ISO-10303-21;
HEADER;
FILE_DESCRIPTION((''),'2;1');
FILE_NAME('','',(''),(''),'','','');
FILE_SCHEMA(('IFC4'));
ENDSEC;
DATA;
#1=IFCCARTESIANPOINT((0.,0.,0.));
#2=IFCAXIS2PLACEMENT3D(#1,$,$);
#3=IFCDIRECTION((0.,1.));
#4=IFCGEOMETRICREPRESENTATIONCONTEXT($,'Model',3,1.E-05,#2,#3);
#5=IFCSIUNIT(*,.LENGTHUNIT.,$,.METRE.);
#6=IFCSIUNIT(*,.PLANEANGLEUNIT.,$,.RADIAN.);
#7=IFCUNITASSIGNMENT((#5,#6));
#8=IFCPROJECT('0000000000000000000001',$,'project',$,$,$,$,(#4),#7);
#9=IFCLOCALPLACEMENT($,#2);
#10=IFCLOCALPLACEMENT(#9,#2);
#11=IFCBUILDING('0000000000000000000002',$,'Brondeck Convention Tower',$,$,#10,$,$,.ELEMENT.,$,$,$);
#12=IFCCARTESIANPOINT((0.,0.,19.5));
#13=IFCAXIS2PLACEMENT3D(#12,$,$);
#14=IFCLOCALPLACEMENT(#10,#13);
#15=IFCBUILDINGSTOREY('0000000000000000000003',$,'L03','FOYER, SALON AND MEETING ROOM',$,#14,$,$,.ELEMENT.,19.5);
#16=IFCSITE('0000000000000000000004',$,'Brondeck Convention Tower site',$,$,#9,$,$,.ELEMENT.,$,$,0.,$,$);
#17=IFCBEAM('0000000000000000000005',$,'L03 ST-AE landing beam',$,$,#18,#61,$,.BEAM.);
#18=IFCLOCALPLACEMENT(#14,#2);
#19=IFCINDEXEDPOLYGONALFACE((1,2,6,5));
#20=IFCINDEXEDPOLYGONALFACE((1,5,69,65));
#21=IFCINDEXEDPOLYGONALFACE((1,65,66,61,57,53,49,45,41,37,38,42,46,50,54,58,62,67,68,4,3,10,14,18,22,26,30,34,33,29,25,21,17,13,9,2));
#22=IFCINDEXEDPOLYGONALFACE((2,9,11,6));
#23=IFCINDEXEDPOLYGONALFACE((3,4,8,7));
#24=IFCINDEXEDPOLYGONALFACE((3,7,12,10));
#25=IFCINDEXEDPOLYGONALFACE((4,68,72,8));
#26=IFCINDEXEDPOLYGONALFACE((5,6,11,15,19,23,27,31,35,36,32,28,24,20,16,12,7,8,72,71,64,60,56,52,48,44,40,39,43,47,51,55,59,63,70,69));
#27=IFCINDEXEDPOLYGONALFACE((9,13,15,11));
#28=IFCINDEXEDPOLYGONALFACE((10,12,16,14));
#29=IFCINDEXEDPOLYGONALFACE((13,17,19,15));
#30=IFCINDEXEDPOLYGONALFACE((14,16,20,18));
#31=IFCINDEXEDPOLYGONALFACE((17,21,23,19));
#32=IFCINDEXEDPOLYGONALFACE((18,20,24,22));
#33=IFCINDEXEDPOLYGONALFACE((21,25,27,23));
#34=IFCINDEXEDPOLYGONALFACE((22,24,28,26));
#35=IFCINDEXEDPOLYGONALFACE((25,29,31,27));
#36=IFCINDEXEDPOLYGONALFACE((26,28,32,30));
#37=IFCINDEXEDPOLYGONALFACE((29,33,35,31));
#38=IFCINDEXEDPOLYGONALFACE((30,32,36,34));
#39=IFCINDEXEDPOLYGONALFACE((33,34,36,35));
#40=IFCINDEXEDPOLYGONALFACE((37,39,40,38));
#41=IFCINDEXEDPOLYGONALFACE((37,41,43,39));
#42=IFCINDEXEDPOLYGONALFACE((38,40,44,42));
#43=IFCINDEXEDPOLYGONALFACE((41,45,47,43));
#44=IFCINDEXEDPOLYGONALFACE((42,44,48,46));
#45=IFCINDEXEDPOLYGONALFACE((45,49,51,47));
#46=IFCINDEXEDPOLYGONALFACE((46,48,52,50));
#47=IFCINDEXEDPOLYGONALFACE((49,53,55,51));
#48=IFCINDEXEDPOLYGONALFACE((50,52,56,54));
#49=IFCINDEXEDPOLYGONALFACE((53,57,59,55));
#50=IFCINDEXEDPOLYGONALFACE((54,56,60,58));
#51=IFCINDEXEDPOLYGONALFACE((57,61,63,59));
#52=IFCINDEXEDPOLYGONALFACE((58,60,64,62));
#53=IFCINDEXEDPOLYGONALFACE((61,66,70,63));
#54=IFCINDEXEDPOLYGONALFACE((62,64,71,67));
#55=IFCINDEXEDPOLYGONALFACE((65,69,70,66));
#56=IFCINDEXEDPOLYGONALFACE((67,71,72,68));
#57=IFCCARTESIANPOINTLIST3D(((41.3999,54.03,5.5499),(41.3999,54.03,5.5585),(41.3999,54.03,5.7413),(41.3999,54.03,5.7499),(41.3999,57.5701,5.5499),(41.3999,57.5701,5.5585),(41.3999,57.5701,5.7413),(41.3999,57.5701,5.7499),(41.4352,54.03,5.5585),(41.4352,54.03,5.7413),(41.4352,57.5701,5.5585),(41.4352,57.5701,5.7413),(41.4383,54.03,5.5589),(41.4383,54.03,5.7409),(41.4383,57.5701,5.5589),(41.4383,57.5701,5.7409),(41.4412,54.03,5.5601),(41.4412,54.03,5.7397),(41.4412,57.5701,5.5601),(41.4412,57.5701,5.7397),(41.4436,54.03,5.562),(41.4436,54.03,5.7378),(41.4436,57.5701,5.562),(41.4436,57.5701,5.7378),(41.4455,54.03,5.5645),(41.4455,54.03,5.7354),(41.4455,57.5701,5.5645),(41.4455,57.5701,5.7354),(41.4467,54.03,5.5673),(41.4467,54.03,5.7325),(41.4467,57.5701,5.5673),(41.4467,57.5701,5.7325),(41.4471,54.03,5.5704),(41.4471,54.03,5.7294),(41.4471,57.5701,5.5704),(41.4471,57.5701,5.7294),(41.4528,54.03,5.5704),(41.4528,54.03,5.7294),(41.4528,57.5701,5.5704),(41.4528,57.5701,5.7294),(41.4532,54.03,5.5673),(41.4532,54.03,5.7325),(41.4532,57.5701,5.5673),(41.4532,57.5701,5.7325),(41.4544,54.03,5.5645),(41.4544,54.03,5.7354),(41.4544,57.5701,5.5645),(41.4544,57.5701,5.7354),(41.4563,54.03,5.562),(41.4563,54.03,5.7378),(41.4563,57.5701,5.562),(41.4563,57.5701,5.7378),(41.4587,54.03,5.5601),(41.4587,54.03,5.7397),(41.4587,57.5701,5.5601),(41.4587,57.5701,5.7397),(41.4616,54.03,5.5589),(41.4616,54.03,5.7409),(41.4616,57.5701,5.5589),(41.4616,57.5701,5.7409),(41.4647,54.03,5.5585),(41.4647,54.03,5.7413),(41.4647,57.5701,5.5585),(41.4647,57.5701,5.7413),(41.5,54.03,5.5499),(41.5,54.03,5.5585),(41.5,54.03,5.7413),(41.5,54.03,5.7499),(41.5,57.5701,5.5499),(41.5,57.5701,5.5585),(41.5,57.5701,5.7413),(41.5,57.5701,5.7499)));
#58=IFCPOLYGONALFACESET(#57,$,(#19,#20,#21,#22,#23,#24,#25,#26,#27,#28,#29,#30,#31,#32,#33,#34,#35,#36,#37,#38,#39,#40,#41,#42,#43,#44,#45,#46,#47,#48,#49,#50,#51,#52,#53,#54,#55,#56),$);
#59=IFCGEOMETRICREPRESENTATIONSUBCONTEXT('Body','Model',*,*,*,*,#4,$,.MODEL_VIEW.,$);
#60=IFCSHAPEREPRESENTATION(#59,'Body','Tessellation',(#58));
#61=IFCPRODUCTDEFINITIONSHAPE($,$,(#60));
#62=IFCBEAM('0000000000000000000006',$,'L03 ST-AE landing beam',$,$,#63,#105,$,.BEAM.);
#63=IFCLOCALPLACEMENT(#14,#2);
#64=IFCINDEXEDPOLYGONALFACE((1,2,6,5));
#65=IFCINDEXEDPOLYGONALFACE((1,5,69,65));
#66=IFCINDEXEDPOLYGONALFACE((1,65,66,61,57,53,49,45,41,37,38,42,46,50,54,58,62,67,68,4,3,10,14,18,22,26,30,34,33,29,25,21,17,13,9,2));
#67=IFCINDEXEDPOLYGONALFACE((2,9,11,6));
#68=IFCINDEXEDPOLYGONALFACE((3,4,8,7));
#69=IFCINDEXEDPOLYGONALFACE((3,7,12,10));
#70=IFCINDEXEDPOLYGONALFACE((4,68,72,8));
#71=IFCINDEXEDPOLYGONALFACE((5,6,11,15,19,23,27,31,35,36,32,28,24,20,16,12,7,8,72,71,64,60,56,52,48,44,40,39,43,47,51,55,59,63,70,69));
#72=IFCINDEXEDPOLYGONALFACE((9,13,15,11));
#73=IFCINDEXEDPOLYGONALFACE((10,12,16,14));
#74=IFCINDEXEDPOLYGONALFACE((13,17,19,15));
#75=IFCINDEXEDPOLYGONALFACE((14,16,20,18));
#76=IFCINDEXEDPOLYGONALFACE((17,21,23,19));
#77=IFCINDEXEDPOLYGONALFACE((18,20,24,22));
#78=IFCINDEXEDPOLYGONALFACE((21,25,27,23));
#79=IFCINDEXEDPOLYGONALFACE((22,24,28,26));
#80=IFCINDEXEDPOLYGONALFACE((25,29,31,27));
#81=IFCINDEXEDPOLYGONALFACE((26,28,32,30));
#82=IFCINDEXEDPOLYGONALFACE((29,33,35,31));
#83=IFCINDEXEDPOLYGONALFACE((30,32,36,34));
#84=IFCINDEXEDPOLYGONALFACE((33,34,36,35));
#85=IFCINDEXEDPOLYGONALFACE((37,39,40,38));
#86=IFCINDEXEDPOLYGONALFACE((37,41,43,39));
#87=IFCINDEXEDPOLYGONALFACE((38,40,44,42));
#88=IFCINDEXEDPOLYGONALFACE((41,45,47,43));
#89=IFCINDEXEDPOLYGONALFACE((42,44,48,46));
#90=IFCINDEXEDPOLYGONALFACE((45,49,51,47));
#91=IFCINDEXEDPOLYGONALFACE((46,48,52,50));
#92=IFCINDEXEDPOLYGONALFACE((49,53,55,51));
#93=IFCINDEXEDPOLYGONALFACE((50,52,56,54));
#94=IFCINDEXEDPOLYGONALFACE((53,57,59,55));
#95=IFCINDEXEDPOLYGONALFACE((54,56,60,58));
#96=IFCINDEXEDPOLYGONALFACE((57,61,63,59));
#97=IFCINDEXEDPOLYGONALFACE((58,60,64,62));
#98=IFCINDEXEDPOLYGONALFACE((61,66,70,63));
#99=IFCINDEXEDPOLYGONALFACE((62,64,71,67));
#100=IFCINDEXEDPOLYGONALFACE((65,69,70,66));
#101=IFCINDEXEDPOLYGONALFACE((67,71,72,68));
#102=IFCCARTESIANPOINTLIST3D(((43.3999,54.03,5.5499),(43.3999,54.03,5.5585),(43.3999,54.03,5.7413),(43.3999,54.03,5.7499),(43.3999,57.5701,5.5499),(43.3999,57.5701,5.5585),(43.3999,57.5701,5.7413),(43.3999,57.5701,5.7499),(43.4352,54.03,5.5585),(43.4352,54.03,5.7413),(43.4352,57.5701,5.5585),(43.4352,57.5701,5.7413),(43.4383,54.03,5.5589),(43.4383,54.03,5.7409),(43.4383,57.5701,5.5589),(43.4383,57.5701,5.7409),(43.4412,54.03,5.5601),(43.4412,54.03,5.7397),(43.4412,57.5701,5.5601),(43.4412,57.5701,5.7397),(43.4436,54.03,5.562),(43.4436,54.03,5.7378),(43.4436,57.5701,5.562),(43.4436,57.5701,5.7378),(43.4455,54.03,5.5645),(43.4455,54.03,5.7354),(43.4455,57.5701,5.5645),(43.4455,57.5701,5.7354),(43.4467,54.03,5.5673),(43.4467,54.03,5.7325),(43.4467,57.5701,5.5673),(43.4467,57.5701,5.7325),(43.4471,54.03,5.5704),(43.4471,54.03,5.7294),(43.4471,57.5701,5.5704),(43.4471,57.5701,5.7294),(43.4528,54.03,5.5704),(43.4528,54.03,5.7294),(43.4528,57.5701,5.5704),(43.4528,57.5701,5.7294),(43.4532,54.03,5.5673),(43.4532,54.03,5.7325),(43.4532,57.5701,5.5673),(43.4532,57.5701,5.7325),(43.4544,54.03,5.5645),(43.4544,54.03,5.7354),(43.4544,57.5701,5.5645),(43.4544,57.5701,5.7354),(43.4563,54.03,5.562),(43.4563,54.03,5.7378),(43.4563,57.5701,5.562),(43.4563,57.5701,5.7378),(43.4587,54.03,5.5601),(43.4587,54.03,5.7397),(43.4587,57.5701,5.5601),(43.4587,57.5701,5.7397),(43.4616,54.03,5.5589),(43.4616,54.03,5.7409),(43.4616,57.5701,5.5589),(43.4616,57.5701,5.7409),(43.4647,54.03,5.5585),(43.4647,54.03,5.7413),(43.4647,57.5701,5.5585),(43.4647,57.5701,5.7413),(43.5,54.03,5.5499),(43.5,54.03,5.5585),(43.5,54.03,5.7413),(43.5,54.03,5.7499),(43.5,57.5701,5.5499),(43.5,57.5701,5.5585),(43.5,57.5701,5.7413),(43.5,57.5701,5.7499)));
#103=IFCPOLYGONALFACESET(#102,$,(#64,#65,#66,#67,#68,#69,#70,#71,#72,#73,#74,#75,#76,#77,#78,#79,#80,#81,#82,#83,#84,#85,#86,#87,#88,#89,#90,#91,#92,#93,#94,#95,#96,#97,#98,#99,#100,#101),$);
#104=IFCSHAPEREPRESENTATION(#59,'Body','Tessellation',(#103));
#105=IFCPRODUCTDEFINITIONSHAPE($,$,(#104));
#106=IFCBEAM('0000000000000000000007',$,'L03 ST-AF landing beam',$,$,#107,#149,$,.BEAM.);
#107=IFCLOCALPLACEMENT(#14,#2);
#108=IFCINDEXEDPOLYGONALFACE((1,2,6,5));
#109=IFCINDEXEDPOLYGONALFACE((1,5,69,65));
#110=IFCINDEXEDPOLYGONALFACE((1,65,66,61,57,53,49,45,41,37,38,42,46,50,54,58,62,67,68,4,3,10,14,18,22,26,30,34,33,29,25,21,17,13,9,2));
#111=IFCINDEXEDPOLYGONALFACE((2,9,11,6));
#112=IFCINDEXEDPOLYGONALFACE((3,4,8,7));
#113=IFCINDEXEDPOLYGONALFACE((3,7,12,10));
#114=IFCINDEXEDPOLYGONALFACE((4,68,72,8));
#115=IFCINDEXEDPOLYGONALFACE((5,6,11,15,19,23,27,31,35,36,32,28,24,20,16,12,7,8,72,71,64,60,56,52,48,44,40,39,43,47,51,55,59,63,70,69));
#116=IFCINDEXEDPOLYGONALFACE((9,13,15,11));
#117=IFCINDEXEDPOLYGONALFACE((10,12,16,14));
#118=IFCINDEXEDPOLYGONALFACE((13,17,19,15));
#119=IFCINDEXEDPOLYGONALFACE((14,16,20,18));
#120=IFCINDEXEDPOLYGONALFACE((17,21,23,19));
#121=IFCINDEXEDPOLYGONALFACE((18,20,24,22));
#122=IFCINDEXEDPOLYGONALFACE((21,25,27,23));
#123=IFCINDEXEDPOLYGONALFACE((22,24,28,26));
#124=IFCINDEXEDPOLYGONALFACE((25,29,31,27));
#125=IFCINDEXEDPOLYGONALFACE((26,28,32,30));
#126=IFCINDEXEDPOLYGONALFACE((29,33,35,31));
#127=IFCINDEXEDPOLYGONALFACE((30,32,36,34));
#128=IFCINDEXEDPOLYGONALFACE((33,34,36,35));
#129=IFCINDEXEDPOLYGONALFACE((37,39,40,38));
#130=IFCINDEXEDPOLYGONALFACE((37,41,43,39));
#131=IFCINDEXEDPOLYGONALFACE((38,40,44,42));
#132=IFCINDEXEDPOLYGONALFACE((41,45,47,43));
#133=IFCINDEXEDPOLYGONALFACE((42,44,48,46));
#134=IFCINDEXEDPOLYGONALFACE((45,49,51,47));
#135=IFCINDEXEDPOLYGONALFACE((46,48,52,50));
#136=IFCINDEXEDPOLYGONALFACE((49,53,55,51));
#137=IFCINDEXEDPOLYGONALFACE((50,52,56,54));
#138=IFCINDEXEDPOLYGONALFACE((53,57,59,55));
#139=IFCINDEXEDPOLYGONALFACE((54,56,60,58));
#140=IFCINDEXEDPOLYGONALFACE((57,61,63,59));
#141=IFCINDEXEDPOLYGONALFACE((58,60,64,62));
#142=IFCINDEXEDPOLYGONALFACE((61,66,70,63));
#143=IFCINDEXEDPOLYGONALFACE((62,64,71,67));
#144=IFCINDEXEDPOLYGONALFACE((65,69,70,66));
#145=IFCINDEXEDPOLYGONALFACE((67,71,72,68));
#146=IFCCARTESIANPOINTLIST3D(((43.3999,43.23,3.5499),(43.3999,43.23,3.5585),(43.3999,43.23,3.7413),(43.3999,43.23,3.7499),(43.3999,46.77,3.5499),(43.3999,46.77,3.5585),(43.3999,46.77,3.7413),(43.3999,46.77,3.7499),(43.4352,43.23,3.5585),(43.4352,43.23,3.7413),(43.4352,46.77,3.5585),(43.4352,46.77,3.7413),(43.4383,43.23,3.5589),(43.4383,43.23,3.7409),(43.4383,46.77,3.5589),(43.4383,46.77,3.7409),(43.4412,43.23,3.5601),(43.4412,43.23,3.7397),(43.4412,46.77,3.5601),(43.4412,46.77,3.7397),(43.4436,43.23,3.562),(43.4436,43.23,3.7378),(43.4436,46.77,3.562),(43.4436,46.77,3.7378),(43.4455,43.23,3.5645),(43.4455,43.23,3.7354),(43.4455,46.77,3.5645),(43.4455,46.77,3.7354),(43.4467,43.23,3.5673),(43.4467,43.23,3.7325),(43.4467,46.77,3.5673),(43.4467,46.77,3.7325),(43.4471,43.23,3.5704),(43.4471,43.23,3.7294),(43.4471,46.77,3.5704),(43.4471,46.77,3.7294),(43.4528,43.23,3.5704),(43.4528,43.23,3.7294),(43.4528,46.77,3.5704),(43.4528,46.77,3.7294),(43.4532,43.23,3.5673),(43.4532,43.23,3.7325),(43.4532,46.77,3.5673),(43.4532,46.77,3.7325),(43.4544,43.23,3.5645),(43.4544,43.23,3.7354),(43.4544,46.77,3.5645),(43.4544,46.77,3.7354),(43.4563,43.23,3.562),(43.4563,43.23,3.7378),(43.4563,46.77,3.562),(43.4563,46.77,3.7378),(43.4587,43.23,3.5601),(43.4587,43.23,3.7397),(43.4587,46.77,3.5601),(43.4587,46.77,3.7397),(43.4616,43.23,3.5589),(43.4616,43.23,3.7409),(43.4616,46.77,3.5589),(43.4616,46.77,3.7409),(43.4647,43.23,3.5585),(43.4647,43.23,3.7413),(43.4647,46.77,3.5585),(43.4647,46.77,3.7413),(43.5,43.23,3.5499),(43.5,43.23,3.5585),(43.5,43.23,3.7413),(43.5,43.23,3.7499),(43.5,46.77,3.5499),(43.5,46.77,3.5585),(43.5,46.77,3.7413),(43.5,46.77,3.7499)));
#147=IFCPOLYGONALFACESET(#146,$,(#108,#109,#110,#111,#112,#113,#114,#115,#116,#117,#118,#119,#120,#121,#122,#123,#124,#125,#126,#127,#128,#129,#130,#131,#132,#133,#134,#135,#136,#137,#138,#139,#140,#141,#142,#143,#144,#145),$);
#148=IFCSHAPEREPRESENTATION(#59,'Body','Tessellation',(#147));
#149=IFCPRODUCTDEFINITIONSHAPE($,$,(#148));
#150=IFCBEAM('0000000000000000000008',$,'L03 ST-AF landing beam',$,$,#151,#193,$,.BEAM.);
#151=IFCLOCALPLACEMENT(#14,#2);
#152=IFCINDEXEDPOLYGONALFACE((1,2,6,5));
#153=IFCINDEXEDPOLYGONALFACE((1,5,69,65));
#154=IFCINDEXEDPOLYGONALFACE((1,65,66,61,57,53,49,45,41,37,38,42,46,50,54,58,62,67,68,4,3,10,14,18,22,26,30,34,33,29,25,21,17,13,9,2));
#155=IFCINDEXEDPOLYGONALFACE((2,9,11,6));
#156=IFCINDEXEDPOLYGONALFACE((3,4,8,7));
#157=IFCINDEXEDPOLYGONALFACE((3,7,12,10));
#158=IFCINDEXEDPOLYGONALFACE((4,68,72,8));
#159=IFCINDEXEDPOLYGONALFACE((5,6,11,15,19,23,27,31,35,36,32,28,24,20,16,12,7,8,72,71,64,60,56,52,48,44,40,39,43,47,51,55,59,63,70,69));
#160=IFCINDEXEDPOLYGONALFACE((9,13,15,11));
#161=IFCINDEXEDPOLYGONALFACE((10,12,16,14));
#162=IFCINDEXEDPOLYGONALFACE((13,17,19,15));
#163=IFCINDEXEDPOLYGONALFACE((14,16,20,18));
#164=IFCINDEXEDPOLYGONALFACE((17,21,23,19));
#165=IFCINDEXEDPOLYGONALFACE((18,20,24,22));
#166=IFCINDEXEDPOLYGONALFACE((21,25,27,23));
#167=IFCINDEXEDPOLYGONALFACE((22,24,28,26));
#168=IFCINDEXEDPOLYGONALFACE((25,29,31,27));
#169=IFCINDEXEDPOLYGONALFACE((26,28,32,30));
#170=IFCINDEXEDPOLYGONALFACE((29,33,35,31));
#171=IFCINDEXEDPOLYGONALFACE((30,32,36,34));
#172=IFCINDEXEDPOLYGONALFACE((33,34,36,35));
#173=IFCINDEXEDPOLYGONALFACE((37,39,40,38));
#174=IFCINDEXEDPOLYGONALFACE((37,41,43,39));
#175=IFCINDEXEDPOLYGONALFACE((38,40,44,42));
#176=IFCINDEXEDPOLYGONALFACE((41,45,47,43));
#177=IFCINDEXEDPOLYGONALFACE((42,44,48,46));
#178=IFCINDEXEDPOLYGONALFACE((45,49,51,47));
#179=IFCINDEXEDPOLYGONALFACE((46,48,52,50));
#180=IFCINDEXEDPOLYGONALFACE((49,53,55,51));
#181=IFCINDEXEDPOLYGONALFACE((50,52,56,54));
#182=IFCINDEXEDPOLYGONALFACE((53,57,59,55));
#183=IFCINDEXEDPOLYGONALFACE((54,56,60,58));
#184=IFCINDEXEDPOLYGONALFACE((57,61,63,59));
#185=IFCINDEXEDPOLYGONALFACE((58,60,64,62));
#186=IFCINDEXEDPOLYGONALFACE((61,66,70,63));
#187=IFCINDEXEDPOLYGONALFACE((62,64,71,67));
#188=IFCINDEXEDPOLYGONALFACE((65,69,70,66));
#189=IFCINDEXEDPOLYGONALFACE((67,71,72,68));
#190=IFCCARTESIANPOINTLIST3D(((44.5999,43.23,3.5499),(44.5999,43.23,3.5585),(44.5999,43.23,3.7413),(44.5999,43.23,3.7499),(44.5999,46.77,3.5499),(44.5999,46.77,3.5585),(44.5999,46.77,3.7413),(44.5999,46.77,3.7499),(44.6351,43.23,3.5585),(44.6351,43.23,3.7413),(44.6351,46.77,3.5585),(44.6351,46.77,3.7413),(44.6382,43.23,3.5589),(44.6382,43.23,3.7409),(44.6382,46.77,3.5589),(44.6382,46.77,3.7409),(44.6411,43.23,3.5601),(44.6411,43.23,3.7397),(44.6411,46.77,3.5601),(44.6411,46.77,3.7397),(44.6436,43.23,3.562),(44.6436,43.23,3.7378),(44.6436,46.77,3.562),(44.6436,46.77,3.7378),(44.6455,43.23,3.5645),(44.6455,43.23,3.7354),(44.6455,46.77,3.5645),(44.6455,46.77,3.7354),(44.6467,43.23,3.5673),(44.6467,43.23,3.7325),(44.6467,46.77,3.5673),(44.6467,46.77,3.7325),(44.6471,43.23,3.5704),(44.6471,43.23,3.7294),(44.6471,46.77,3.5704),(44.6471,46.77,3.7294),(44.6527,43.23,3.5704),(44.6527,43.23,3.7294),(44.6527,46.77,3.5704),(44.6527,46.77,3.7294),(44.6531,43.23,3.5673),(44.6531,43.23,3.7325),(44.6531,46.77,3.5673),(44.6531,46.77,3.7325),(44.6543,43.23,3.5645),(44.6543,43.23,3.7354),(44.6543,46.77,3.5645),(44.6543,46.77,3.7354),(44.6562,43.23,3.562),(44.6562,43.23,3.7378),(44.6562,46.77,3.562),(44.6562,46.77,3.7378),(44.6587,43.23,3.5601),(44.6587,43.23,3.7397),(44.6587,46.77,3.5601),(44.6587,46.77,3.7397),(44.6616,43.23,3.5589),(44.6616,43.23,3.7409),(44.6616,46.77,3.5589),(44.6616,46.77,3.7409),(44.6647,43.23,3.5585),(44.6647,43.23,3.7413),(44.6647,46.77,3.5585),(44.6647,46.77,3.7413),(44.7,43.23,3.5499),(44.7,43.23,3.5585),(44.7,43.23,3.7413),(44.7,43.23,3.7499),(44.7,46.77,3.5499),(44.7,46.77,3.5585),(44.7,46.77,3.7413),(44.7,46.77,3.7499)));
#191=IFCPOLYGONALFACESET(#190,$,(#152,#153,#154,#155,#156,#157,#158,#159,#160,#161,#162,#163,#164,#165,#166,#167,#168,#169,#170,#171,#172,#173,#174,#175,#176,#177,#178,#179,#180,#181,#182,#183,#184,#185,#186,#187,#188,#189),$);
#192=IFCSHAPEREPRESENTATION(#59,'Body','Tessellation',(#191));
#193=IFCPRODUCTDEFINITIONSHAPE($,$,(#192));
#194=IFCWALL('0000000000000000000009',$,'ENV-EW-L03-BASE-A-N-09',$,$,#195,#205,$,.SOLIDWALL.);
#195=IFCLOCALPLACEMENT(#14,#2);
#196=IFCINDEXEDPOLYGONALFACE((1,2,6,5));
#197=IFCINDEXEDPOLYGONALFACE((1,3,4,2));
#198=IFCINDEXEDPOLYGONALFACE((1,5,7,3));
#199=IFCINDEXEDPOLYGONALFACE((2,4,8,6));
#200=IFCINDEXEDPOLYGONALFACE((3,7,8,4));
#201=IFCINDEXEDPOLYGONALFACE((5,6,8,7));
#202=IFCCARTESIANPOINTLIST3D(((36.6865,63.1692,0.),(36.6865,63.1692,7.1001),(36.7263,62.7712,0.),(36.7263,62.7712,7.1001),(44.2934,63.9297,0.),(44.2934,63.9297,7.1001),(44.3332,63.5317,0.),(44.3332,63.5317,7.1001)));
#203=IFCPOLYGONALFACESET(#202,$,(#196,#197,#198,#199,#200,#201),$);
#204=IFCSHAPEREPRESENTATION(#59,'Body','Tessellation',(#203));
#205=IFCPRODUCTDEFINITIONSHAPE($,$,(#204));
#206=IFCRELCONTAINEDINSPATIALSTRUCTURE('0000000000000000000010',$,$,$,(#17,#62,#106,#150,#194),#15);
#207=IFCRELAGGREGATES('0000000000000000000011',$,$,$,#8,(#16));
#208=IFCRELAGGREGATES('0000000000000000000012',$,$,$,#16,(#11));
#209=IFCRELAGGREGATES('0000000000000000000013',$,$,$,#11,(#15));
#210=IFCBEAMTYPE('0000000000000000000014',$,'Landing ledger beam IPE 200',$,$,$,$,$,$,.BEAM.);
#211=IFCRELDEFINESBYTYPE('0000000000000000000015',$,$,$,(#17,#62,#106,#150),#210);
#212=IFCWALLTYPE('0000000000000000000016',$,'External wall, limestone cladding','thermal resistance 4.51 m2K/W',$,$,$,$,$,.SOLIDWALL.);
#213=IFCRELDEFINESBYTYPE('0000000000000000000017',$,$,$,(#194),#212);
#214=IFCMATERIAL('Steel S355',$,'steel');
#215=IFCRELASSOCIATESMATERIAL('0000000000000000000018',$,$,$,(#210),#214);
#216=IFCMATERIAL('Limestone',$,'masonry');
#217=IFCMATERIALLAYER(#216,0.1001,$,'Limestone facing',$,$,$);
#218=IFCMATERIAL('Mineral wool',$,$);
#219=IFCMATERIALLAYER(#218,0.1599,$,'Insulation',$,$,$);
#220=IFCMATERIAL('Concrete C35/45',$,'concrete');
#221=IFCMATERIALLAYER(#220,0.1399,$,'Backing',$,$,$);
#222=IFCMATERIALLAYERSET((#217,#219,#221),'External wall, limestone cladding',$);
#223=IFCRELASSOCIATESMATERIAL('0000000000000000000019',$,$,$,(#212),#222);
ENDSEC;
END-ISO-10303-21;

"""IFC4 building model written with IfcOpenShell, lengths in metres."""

from ifc_helpers import new_model, si_unit, direction, frame, frame_2d, origin, origin_2d, place, context, subcontext, project, spatial, rectangle, i_section, extrude, material, layer, layer_set, material_profile, profile_set, type_object, element, save


model = new_model("IFC4")

# Units and contexts
model_context = context("Model", 3, precision=1e-05, world=origin(), true_north=direction((0.0, 1.0)))
body_context = subcontext(model_context, "Body", "Model", "MODEL_VIEW")
ifc_project = project(units=[si_unit("LENGTHUNIT", "METRE"), si_unit("PLANEANGLEUNIT", "RADIAN")], contexts=[model_context])

# Site, building, storey
site_placement = place(None, origin())
site = spatial("IfcSite", under=ifc_project, at=site_placement, Name="Brondeck Convention Tower site", CompositionType="ELEMENT", RefElevation=0.0)
building_placement = place(site_placement, origin())
building = spatial("IfcBuilding", under=site, at=building_placement, Name="Brondeck Convention Tower", CompositionType="ELEMENT")
storey_placement = place(building_placement, frame((0.0, 0.0, 19.5)))
storey = spatial("IfcBuildingStorey", under=building, at=storey_placement, Name="L03", Description="FOYER, SALON AND MEETING ROOM", CompositionType="ELEMENT", Elevation=19.5)

# Beams
ifc_material_1 = material(Name="Steel S355", Category="steel")
ifc_material_profile_1 = material_profile(ifc_material_1, i_section(OverallWidth=0.1001, OverallDepth=0.2, WebThickness=0.0056, FlangeThickness=0.0085, FilletRadius=0.012, at=origin_2d()), Name="IPE200")
ifc_profile_set_1 = profile_set([ifc_material_profile_1], Name="Steel S355")
beam_type_1 = type_object("IfcBeamType", Name="Landing ledger beam IPE 200", PredefinedType="BEAM", material=ifc_profile_set_1)
for number, where, z_axis, x_axis, name in (
    (1, (41.45, 54.03, 5.6499), (0.0, 1.0, 0.0), (-1.0, 0.0, 0.0), "L03 ST-AE landing beam"),
    (2, (43.45, 54.03, 5.6499), (0.0, 1.0, 0.0), (-1.0, 0.0, 0.0), "L03 ST-AE landing beam"),
    (3, (43.45, 43.23, 3.6499), (0.0, 1.0, 0.0), (-1.0, 0.0, 0.0), "L03 ST-AF landing beam"),
    (4, (44.6499, 43.23, 3.6499), (0.0, 1.0, 0.0), (-1.0, 0.0, 0.0), "L03 ST-AF landing beam"),
):
    element("IfcBeam", number, at=place(storey_placement, frame(where, z_axis=z_axis, x_axis=x_axis)), inside=storey, type_object=beam_type_1, Name=name, PredefinedType="BEAM", context=body_context, shape_type="SweptSolid", body=[
        extrude(i_section(OverallWidth=0.1001, OverallDepth=0.2, WebThickness=0.0056, FlangeThickness=0.0085, FilletRadius=0.012, at=origin_2d()), origin(), (0.0, 0.0, 1.0), 3.54),
    ])

# Wall
ifc_material_2 = material(Name="Limestone", Category="masonry")
ifc_layer_1 = layer(ifc_material_2, 0.1001, Name="Limestone facing")
ifc_material_3 = material(Name="Mineral wool")
ifc_layer_2 = layer(ifc_material_3, 0.1599, Name="Insulation")
ifc_material_4 = material(Name="Concrete C35/45", Category="concrete")
ifc_layer_3 = layer(ifc_material_4, 0.1399, Name="Backing")
ifc_layer_set_1 = layer_set([ifc_layer_1, ifc_layer_2, ifc_layer_3], Name="External wall, limestone cladding")
wall_type_1 = type_object("IfcWallType", Name="External wall, limestone cladding", Description="thermal resistance 4.51 m2K/W", PredefinedType="SOLIDWALL", material=ifc_layer_set_1)
wall_1_placement = place(storey_placement, frame((36.7065, 62.9702, 0.0), z_axis=(0.0, 0.0, 1.0), x_axis=(0.99504, 0.099478, 0.0)))
element("IfcWall", 5, at=wall_1_placement, inside=storey, type_object=wall_type_1, Name="ENV-EW-L03-BASE-A-N-09", PredefinedType="SOLIDWALL", context=body_context, shape_type="SweptSolid", body=[
    extrude(rectangle(XDim=7.6448, YDim=0.3999, at=frame_2d((3.8223, 0.0))), origin(), (0.0, 0.0, 1.0), 7.1001),
])

save(model, "model.ifc")
